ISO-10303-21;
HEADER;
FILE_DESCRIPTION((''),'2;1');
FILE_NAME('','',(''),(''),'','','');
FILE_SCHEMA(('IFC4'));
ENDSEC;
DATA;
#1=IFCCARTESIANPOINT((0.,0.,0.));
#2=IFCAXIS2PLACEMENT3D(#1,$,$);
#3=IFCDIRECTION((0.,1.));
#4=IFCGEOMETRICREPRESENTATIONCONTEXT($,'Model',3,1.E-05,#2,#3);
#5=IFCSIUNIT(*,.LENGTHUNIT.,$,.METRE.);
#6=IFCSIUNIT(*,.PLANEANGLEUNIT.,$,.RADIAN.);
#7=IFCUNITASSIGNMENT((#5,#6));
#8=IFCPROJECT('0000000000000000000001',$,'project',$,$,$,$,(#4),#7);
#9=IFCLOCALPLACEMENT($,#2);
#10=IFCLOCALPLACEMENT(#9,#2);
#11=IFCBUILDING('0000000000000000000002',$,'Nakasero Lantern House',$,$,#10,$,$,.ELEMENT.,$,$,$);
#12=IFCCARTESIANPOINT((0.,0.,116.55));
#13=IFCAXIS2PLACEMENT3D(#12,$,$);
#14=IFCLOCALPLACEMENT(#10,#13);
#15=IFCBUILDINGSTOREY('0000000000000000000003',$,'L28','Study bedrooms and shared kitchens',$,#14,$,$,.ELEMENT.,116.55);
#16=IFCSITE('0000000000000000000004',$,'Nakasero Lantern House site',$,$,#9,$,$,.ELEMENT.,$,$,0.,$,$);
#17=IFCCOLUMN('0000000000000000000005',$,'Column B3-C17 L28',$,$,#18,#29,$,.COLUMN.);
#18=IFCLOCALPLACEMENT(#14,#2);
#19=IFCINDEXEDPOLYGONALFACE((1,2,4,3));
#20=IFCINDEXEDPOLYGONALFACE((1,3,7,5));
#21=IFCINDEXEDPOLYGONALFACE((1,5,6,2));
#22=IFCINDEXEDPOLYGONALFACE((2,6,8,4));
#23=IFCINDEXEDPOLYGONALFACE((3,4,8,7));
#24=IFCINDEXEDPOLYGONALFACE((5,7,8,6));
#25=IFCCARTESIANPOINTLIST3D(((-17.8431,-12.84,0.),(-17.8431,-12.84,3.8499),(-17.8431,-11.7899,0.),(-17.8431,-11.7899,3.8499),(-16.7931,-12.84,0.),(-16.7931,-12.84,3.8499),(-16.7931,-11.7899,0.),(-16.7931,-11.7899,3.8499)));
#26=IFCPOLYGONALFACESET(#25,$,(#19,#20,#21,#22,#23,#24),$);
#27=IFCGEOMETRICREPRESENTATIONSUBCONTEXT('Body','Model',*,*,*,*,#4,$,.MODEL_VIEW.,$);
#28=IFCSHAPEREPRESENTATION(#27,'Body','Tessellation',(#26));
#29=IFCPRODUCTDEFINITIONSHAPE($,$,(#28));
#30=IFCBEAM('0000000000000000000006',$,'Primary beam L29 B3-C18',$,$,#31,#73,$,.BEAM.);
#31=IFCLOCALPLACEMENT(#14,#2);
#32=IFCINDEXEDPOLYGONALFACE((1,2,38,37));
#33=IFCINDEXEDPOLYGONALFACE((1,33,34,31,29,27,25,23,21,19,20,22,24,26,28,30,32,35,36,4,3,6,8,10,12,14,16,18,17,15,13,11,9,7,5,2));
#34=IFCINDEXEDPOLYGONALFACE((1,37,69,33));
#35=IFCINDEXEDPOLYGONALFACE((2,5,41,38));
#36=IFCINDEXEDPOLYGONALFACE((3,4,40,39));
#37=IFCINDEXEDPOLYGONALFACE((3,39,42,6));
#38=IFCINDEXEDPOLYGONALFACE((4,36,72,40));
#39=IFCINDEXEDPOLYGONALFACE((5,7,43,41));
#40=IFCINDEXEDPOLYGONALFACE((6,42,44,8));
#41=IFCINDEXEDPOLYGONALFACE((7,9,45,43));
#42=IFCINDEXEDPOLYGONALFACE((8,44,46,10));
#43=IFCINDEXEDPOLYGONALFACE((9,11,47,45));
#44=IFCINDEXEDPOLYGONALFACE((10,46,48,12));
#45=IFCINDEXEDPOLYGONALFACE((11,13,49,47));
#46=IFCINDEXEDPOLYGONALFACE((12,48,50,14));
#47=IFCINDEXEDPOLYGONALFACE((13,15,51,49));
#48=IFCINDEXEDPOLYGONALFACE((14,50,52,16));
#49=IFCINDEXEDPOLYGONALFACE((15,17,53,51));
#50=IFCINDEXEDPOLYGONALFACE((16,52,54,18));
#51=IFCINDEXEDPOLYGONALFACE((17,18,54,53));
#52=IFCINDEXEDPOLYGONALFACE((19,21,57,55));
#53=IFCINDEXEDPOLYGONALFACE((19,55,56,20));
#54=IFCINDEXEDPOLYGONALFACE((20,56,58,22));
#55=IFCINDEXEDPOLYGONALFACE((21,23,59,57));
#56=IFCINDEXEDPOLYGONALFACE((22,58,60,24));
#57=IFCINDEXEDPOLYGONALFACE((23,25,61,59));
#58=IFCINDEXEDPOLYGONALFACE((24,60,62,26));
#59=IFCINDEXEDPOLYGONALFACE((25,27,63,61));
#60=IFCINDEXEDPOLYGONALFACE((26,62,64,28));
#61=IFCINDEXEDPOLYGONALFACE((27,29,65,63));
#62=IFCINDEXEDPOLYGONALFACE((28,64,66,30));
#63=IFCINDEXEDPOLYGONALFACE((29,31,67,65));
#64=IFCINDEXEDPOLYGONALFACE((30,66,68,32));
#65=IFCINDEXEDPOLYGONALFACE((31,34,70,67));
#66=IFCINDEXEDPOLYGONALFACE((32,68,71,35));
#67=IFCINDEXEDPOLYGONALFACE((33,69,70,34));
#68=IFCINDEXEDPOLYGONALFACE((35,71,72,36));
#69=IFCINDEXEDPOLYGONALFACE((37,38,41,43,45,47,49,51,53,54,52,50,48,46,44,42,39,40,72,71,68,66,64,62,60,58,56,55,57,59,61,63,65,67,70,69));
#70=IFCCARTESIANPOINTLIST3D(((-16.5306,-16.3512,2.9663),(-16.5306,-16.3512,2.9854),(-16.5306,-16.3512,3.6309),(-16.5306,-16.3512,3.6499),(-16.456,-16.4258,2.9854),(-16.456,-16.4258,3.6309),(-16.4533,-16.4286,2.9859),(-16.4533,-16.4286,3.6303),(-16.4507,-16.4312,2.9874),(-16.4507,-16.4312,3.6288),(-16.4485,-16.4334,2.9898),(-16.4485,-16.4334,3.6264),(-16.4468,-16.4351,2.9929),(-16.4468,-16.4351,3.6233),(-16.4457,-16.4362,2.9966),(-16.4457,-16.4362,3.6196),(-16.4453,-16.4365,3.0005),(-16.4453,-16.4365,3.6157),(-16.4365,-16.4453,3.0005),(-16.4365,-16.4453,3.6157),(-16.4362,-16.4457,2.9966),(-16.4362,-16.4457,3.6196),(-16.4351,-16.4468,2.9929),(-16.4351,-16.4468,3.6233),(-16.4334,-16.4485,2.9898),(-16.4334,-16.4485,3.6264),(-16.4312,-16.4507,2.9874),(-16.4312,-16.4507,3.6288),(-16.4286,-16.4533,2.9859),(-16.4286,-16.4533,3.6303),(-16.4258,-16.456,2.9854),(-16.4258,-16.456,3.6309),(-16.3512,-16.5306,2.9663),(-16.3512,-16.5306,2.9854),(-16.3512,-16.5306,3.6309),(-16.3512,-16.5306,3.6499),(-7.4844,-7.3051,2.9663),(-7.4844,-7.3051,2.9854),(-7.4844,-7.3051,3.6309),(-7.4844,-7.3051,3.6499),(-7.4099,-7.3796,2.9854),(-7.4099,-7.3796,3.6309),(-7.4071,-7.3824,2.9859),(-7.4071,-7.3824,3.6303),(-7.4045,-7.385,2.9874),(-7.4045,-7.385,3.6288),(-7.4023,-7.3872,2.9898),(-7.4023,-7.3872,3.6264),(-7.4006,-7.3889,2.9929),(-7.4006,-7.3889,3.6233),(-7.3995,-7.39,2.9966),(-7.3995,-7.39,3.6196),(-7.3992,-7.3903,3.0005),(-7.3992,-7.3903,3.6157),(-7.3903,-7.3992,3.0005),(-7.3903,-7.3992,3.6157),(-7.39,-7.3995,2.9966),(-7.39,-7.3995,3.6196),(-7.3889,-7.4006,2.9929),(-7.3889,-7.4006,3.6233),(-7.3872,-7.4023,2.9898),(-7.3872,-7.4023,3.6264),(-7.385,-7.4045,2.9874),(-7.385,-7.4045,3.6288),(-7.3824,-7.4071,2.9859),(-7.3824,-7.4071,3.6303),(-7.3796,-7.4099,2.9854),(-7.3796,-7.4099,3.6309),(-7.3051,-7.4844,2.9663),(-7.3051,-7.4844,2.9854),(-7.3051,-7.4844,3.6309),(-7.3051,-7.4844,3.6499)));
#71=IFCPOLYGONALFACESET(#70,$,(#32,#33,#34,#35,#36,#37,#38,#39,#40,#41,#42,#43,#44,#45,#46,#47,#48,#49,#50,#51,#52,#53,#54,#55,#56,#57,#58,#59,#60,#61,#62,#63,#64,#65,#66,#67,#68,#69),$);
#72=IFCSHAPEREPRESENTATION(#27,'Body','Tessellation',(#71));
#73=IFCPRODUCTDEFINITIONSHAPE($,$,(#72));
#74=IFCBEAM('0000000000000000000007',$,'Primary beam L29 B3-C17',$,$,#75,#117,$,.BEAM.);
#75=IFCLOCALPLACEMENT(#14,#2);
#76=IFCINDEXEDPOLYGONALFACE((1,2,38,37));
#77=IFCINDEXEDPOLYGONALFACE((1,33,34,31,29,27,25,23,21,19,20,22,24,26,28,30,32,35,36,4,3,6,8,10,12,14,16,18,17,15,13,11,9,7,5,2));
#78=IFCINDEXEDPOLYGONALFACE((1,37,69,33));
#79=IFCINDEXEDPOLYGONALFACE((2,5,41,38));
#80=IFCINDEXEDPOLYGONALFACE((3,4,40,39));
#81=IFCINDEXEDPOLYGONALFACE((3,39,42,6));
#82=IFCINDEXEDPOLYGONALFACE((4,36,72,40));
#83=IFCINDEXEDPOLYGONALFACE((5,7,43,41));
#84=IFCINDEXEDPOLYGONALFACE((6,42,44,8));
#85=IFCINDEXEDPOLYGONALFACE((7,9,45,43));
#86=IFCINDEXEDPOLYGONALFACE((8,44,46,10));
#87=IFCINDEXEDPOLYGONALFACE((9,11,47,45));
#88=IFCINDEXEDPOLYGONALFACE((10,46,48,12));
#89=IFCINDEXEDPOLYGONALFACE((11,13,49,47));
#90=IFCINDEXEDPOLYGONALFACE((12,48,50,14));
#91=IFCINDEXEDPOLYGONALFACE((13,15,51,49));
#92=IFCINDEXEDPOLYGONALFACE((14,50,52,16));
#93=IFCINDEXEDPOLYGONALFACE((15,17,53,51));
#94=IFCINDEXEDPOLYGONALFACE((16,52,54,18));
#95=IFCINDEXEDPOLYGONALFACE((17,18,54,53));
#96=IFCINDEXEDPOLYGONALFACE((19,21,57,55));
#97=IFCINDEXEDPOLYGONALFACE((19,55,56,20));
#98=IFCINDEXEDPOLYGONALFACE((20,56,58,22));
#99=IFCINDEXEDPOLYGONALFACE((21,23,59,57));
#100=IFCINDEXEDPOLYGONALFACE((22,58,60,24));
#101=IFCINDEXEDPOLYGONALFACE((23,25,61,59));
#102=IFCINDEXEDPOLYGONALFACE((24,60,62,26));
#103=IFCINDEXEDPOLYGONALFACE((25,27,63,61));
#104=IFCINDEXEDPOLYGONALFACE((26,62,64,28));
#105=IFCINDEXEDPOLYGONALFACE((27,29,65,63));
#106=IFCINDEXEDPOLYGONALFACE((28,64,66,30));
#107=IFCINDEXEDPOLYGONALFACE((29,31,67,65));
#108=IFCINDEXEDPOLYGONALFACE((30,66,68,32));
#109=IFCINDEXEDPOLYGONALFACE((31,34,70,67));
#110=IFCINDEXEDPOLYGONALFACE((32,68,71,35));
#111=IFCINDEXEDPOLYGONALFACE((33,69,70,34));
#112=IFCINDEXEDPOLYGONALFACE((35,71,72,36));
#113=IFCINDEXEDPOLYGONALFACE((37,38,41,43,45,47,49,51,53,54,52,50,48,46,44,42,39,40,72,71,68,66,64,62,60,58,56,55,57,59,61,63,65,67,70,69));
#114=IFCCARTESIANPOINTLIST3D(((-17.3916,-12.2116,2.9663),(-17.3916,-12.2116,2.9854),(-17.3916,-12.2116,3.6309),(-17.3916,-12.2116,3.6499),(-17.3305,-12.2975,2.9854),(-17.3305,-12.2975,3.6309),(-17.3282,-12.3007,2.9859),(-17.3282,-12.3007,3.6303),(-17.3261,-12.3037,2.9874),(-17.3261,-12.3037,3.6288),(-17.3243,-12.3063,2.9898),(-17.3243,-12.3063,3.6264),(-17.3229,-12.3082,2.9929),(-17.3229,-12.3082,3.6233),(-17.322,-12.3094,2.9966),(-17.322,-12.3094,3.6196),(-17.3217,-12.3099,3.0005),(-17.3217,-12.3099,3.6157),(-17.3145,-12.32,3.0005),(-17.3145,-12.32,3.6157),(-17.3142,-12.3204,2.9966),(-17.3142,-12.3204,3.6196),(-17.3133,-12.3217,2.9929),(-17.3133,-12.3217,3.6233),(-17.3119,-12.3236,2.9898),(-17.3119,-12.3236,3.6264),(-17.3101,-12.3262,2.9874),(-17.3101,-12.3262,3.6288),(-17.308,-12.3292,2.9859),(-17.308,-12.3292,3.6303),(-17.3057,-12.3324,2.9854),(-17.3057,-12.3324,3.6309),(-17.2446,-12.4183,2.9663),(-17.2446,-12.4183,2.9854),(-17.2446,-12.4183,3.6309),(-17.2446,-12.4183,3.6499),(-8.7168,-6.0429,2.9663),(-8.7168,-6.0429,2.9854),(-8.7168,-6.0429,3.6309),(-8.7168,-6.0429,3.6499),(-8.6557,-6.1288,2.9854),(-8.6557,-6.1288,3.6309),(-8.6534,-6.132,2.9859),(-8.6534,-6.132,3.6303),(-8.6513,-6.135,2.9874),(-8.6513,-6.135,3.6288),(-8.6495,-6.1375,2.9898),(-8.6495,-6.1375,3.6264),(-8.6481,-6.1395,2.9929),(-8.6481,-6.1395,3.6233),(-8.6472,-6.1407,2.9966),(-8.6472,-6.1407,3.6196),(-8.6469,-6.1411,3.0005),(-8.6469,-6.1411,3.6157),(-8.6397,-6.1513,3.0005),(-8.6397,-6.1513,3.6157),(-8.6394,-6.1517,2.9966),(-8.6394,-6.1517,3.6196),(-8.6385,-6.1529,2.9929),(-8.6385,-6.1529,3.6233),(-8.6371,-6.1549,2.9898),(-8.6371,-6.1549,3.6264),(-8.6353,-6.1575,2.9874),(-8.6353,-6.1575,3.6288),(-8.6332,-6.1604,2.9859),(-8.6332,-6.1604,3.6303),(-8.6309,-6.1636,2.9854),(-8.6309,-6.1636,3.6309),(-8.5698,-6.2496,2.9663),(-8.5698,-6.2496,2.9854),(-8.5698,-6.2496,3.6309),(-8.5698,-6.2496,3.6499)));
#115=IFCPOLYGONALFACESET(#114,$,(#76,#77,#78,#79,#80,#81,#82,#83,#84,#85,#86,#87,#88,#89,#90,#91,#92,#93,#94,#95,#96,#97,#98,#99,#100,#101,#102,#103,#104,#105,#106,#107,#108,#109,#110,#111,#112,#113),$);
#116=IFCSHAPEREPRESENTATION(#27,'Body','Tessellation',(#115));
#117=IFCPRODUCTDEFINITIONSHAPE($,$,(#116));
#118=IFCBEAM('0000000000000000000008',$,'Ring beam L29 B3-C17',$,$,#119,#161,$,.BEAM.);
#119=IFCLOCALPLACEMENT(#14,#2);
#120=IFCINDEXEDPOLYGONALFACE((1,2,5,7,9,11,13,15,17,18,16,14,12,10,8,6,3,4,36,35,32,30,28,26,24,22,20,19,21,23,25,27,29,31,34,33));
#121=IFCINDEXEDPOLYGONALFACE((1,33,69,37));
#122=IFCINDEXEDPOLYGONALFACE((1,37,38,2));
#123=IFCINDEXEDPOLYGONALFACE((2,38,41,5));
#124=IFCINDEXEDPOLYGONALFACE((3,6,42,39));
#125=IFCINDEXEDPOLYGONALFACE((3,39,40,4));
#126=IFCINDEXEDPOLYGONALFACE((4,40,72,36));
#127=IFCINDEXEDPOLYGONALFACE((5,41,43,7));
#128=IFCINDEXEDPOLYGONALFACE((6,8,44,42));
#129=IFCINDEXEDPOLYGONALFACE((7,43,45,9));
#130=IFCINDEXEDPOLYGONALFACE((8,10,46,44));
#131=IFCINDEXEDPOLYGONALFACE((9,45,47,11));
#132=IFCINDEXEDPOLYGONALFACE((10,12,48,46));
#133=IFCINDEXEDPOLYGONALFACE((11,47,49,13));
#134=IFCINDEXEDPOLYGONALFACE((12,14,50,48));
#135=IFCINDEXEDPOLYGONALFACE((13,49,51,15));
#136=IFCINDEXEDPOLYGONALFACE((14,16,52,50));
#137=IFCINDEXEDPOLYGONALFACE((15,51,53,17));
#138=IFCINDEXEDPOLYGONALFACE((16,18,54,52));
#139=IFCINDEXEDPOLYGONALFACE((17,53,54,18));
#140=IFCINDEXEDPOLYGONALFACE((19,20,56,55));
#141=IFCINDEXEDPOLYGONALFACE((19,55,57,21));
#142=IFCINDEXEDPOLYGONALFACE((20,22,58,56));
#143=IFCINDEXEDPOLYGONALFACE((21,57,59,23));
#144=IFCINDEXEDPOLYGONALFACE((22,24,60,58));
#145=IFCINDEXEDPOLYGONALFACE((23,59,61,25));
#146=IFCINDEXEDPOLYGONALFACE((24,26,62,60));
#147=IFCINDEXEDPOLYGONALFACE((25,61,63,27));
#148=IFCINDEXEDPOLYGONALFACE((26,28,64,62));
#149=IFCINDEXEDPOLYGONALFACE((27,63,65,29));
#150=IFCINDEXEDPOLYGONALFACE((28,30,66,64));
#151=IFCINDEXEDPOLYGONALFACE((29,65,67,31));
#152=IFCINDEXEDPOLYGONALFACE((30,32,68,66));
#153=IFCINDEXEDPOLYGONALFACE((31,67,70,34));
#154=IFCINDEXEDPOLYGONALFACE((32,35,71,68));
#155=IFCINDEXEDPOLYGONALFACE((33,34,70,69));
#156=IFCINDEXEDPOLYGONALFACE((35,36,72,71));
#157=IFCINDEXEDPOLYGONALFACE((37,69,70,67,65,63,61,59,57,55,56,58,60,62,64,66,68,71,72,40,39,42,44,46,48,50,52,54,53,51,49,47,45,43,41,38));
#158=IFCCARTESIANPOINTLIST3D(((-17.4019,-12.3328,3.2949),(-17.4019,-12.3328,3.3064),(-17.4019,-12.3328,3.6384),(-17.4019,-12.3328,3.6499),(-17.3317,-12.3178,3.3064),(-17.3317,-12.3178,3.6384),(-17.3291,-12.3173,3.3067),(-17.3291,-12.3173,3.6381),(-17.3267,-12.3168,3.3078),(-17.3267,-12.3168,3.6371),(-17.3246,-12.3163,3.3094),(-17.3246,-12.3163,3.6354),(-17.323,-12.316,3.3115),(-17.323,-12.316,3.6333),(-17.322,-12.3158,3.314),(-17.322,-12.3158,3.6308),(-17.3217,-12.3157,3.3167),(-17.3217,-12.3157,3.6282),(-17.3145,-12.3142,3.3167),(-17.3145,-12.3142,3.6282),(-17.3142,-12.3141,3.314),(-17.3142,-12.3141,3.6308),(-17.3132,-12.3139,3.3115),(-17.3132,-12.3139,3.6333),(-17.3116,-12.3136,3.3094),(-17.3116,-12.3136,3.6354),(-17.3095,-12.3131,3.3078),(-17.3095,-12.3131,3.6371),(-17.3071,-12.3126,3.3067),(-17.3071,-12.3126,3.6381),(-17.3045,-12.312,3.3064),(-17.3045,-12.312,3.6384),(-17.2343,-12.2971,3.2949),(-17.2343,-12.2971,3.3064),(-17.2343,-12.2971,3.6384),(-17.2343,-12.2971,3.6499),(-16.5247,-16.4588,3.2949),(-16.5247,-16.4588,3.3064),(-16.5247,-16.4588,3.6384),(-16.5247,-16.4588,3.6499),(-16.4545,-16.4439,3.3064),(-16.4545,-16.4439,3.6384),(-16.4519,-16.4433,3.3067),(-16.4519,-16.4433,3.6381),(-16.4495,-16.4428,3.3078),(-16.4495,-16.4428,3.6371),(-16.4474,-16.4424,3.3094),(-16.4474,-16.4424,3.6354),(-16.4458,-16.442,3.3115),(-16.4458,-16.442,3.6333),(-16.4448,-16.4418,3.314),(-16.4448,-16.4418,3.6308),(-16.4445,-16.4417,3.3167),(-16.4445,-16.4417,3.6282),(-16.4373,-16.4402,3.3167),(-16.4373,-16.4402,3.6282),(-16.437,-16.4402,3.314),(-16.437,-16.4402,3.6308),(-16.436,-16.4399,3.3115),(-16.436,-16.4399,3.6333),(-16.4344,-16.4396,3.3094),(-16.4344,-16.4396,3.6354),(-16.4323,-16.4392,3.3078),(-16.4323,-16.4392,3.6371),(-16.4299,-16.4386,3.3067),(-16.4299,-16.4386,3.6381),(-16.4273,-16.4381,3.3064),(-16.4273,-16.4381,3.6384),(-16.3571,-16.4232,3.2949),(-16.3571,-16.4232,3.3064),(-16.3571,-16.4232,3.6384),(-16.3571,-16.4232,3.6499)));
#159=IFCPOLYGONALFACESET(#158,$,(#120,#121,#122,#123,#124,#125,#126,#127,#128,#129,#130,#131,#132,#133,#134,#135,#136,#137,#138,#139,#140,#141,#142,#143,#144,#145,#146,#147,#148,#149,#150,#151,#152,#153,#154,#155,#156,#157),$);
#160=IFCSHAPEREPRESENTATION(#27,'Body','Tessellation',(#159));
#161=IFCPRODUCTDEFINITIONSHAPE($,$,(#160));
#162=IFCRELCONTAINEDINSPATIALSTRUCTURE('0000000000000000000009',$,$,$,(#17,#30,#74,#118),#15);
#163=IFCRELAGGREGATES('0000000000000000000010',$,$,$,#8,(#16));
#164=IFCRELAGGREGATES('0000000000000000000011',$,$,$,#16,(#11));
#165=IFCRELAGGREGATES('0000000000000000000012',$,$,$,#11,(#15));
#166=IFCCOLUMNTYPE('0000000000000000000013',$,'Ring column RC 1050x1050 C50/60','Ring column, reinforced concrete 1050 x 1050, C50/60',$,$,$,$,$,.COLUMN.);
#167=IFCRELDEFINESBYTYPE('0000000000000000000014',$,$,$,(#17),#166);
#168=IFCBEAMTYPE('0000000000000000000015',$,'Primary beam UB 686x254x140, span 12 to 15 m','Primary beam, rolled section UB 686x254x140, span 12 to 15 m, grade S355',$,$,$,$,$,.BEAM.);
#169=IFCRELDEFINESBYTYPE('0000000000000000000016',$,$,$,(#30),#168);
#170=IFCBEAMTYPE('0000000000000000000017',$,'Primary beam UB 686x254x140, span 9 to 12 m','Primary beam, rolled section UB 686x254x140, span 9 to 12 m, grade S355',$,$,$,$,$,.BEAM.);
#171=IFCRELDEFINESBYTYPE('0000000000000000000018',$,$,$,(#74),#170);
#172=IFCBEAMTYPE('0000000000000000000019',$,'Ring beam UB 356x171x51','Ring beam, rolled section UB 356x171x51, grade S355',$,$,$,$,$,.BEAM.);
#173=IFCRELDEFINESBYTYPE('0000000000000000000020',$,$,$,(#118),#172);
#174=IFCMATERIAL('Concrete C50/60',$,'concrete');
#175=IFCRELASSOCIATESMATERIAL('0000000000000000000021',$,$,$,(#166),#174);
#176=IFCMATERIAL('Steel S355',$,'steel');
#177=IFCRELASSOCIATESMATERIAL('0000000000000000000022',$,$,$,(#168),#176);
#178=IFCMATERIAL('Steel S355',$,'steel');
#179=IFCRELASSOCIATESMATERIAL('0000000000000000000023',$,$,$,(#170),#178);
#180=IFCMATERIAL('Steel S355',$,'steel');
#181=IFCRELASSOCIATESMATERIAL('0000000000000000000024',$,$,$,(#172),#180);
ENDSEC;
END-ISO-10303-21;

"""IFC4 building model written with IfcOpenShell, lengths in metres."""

from ifc_helpers import new_model, si_unit, direction, frame, origin, origin_2d, place, context, subcontext, project, spatial, rectangle, i_section, extrude, material, material_profile, profile_set, type_object, element, save


model = new_model("IFC4")

# Units and contexts
model_context = context("Model", 3, precision=1e-05, world=origin(), true_north=direction((0.0, 1.0)))
body_context = subcontext(model_context, "Body", "Model", "MODEL_VIEW")
ifc_project = project(units=[si_unit("LENGTHUNIT", "METRE"), si_unit("PLANEANGLEUNIT", "RADIAN")], contexts=[model_context])

# Site, building, storey
site_placement = place(None, origin())
site = spatial("IfcSite", under=ifc_project, at=site_placement, Name="Nakasero Lantern House site", CompositionType="ELEMENT", RefElevation=0.0)
building_placement = place(site_placement, origin())
building = spatial("IfcBuilding", under=site, at=building_placement, Name="Nakasero Lantern House", CompositionType="ELEMENT")
storey_placement = place(building_placement, frame((0.0, 0.0, 116.55)))
storey = spatial("IfcBuildingStorey", under=building, at=storey_placement, Name="L28", Description="Study bedrooms and shared kitchens", CompositionType="ELEMENT", Elevation=116.55)

# Column
ifc_material_1 = material(Name="Concrete C50/60", Category="concrete")
ifc_material_profile_1 = material_profile(ifc_material_1, rectangle(XDim=1.05, YDim=1.05, at=origin_2d()), Name="RC 1050x1050")
ifc_profile_set_1 = profile_set([ifc_material_profile_1], Name="Concrete C50/60")
column_type = type_object("IfcColumnType", Name="Ring column RC 1050x1050 C50/60", Description="Ring column, reinforced concrete 1050 x 1050, C50/60", PredefinedType="COLUMN", material=ifc_profile_set_1)
column_placement = place(storey_placement, frame((-17.3181, -12.3149, 0.0), z_axis=(0.0, 0.0, 1.0), x_axis=(1.0, 0.0, 0.0)))
element("IfcColumn", 1, at=column_placement, inside=storey, type_object=column_type, Name="Column B3-C17 L28", PredefinedType="COLUMN", context=body_context, shape_type="SweptSolid", body=[
    extrude(rectangle(XDim=1.05, YDim=1.05, at=origin_2d()), origin(), (0.0, 0.0, 1.0), 3.8499),
])

# Beams
ifc_material_2 = material(Name="Steel S355", Category="steel")
ifc_material_profile_2 = material_profile(ifc_material_2, i_section(OverallWidth=0.2537, OverallDepth=0.6836, WebThickness=0.0125, FlangeThickness=0.019, FilletRadius=0.0151, at=origin_2d()), Name="UB 686x254x140")
ifc_profile_set_2 = profile_set([ifc_material_profile_2], Name="Steel S355")
beam_type_1 = type_object("IfcBeamType", Name="Primary beam UB 686x254x140, span 12 to 15 m", Description="Primary beam, rolled section UB 686x254x140, span 12 to 15 m, grade S355", PredefinedType="BEAM", material=ifc_profile_set_2)
beam_1_placement = place(storey_placement, frame((-16.4409, -16.4409, 3.3081), z_axis=(0.707107, 0.707107, 0.0), x_axis=(-0.707107, 0.707107, 0.0)))
element("IfcBeam", 2, at=beam_1_placement, inside=storey, type_object=beam_type_1, Name="Primary beam L29 B3-C18", PredefinedType="BEAM", context=body_context, shape_type="SweptSolid", body=[
    extrude(i_section(OverallWidth=0.2537, OverallDepth=0.6836, WebThickness=0.0125, FlangeThickness=0.019, FilletRadius=0.0151, at=origin_2d()), origin(), (0.0, 0.0, 1.0), 12.7932),
])
ifc_material_3 = material(Name="Steel S355", Category="steel")
ifc_material_profile_3 = material_profile(ifc_material_3, i_section(OverallWidth=0.2537, OverallDepth=0.6836, WebThickness=0.0125, FlangeThickness=0.019, FilletRadius=0.0151, at=origin_2d()), Name="UB 686x254x140")
ifc_profile_set_3 = profile_set([ifc_material_profile_3], Name="Steel S355")
beam_type_2 = type_object("IfcBeamType", Name="Primary beam UB 686x254x140, span 9 to 12 m", Description="Primary beam, rolled section UB 686x254x140, span 9 to 12 m, grade S355", PredefinedType="BEAM", material=ifc_profile_set_3)
beam_2_placement = place(storey_placement, frame((-17.3181, -12.3149, 3.3081), z_axis=(0.814957, 0.579521, 0.0), x_axis=(-0.579521, 0.814957, 0.0)))
element("IfcBeam", 3, at=beam_2_placement, inside=storey, type_object=beam_type_2, Name="Primary beam L29 B3-C17", PredefinedType="BEAM", context=body_context, shape_type="SweptSolid", body=[
    extrude(i_section(OverallWidth=0.2537, OverallDepth=0.6836, WebThickness=0.0125, FlangeThickness=0.019, FilletRadius=0.0151, at=origin_2d()), origin(), (0.0, 0.0, 1.0), 10.6445),
])
ifc_material_4 = material(Name="Steel S355", Category="steel")
ifc_material_profile_4 = material_profile(ifc_material_4, i_section(OverallWidth=0.1714, OverallDepth=0.355, WebThickness=0.0073, FlangeThickness=0.0115, FilletRadius=0.0103, at=origin_2d()), Name="UB 356x171x51")
ifc_profile_set_4 = profile_set([ifc_material_profile_4], Name="Steel S355")
beam_type_3 = type_object("IfcBeamType", Name="Ring beam UB 356x171x51", Description="Ring beam, rolled section UB 356x171x51, grade S355", PredefinedType="BEAM", material=ifc_profile_set_4)
beam_3_placement = place(storey_placement, frame((-17.3181, -12.3149, 3.4724), z_axis=(0.207956, -0.978138, 0.0), x_axis=(0.978138, 0.207956, 0.0)))
element("IfcBeam", 4, at=beam_3_placement, inside=storey, type_object=beam_type_3, Name="Ring beam L29 B3-C17", PredefinedType="BEAM", context=body_context, shape_type="SweptSolid", body=[
    extrude(i_section(OverallWidth=0.1714, OverallDepth=0.355, WebThickness=0.0073, FlangeThickness=0.0115, FilletRadius=0.0103, at=origin_2d()), origin(), (0.0, 0.0, 1.0), 4.2183),
])

save(model, "model.ifc")
